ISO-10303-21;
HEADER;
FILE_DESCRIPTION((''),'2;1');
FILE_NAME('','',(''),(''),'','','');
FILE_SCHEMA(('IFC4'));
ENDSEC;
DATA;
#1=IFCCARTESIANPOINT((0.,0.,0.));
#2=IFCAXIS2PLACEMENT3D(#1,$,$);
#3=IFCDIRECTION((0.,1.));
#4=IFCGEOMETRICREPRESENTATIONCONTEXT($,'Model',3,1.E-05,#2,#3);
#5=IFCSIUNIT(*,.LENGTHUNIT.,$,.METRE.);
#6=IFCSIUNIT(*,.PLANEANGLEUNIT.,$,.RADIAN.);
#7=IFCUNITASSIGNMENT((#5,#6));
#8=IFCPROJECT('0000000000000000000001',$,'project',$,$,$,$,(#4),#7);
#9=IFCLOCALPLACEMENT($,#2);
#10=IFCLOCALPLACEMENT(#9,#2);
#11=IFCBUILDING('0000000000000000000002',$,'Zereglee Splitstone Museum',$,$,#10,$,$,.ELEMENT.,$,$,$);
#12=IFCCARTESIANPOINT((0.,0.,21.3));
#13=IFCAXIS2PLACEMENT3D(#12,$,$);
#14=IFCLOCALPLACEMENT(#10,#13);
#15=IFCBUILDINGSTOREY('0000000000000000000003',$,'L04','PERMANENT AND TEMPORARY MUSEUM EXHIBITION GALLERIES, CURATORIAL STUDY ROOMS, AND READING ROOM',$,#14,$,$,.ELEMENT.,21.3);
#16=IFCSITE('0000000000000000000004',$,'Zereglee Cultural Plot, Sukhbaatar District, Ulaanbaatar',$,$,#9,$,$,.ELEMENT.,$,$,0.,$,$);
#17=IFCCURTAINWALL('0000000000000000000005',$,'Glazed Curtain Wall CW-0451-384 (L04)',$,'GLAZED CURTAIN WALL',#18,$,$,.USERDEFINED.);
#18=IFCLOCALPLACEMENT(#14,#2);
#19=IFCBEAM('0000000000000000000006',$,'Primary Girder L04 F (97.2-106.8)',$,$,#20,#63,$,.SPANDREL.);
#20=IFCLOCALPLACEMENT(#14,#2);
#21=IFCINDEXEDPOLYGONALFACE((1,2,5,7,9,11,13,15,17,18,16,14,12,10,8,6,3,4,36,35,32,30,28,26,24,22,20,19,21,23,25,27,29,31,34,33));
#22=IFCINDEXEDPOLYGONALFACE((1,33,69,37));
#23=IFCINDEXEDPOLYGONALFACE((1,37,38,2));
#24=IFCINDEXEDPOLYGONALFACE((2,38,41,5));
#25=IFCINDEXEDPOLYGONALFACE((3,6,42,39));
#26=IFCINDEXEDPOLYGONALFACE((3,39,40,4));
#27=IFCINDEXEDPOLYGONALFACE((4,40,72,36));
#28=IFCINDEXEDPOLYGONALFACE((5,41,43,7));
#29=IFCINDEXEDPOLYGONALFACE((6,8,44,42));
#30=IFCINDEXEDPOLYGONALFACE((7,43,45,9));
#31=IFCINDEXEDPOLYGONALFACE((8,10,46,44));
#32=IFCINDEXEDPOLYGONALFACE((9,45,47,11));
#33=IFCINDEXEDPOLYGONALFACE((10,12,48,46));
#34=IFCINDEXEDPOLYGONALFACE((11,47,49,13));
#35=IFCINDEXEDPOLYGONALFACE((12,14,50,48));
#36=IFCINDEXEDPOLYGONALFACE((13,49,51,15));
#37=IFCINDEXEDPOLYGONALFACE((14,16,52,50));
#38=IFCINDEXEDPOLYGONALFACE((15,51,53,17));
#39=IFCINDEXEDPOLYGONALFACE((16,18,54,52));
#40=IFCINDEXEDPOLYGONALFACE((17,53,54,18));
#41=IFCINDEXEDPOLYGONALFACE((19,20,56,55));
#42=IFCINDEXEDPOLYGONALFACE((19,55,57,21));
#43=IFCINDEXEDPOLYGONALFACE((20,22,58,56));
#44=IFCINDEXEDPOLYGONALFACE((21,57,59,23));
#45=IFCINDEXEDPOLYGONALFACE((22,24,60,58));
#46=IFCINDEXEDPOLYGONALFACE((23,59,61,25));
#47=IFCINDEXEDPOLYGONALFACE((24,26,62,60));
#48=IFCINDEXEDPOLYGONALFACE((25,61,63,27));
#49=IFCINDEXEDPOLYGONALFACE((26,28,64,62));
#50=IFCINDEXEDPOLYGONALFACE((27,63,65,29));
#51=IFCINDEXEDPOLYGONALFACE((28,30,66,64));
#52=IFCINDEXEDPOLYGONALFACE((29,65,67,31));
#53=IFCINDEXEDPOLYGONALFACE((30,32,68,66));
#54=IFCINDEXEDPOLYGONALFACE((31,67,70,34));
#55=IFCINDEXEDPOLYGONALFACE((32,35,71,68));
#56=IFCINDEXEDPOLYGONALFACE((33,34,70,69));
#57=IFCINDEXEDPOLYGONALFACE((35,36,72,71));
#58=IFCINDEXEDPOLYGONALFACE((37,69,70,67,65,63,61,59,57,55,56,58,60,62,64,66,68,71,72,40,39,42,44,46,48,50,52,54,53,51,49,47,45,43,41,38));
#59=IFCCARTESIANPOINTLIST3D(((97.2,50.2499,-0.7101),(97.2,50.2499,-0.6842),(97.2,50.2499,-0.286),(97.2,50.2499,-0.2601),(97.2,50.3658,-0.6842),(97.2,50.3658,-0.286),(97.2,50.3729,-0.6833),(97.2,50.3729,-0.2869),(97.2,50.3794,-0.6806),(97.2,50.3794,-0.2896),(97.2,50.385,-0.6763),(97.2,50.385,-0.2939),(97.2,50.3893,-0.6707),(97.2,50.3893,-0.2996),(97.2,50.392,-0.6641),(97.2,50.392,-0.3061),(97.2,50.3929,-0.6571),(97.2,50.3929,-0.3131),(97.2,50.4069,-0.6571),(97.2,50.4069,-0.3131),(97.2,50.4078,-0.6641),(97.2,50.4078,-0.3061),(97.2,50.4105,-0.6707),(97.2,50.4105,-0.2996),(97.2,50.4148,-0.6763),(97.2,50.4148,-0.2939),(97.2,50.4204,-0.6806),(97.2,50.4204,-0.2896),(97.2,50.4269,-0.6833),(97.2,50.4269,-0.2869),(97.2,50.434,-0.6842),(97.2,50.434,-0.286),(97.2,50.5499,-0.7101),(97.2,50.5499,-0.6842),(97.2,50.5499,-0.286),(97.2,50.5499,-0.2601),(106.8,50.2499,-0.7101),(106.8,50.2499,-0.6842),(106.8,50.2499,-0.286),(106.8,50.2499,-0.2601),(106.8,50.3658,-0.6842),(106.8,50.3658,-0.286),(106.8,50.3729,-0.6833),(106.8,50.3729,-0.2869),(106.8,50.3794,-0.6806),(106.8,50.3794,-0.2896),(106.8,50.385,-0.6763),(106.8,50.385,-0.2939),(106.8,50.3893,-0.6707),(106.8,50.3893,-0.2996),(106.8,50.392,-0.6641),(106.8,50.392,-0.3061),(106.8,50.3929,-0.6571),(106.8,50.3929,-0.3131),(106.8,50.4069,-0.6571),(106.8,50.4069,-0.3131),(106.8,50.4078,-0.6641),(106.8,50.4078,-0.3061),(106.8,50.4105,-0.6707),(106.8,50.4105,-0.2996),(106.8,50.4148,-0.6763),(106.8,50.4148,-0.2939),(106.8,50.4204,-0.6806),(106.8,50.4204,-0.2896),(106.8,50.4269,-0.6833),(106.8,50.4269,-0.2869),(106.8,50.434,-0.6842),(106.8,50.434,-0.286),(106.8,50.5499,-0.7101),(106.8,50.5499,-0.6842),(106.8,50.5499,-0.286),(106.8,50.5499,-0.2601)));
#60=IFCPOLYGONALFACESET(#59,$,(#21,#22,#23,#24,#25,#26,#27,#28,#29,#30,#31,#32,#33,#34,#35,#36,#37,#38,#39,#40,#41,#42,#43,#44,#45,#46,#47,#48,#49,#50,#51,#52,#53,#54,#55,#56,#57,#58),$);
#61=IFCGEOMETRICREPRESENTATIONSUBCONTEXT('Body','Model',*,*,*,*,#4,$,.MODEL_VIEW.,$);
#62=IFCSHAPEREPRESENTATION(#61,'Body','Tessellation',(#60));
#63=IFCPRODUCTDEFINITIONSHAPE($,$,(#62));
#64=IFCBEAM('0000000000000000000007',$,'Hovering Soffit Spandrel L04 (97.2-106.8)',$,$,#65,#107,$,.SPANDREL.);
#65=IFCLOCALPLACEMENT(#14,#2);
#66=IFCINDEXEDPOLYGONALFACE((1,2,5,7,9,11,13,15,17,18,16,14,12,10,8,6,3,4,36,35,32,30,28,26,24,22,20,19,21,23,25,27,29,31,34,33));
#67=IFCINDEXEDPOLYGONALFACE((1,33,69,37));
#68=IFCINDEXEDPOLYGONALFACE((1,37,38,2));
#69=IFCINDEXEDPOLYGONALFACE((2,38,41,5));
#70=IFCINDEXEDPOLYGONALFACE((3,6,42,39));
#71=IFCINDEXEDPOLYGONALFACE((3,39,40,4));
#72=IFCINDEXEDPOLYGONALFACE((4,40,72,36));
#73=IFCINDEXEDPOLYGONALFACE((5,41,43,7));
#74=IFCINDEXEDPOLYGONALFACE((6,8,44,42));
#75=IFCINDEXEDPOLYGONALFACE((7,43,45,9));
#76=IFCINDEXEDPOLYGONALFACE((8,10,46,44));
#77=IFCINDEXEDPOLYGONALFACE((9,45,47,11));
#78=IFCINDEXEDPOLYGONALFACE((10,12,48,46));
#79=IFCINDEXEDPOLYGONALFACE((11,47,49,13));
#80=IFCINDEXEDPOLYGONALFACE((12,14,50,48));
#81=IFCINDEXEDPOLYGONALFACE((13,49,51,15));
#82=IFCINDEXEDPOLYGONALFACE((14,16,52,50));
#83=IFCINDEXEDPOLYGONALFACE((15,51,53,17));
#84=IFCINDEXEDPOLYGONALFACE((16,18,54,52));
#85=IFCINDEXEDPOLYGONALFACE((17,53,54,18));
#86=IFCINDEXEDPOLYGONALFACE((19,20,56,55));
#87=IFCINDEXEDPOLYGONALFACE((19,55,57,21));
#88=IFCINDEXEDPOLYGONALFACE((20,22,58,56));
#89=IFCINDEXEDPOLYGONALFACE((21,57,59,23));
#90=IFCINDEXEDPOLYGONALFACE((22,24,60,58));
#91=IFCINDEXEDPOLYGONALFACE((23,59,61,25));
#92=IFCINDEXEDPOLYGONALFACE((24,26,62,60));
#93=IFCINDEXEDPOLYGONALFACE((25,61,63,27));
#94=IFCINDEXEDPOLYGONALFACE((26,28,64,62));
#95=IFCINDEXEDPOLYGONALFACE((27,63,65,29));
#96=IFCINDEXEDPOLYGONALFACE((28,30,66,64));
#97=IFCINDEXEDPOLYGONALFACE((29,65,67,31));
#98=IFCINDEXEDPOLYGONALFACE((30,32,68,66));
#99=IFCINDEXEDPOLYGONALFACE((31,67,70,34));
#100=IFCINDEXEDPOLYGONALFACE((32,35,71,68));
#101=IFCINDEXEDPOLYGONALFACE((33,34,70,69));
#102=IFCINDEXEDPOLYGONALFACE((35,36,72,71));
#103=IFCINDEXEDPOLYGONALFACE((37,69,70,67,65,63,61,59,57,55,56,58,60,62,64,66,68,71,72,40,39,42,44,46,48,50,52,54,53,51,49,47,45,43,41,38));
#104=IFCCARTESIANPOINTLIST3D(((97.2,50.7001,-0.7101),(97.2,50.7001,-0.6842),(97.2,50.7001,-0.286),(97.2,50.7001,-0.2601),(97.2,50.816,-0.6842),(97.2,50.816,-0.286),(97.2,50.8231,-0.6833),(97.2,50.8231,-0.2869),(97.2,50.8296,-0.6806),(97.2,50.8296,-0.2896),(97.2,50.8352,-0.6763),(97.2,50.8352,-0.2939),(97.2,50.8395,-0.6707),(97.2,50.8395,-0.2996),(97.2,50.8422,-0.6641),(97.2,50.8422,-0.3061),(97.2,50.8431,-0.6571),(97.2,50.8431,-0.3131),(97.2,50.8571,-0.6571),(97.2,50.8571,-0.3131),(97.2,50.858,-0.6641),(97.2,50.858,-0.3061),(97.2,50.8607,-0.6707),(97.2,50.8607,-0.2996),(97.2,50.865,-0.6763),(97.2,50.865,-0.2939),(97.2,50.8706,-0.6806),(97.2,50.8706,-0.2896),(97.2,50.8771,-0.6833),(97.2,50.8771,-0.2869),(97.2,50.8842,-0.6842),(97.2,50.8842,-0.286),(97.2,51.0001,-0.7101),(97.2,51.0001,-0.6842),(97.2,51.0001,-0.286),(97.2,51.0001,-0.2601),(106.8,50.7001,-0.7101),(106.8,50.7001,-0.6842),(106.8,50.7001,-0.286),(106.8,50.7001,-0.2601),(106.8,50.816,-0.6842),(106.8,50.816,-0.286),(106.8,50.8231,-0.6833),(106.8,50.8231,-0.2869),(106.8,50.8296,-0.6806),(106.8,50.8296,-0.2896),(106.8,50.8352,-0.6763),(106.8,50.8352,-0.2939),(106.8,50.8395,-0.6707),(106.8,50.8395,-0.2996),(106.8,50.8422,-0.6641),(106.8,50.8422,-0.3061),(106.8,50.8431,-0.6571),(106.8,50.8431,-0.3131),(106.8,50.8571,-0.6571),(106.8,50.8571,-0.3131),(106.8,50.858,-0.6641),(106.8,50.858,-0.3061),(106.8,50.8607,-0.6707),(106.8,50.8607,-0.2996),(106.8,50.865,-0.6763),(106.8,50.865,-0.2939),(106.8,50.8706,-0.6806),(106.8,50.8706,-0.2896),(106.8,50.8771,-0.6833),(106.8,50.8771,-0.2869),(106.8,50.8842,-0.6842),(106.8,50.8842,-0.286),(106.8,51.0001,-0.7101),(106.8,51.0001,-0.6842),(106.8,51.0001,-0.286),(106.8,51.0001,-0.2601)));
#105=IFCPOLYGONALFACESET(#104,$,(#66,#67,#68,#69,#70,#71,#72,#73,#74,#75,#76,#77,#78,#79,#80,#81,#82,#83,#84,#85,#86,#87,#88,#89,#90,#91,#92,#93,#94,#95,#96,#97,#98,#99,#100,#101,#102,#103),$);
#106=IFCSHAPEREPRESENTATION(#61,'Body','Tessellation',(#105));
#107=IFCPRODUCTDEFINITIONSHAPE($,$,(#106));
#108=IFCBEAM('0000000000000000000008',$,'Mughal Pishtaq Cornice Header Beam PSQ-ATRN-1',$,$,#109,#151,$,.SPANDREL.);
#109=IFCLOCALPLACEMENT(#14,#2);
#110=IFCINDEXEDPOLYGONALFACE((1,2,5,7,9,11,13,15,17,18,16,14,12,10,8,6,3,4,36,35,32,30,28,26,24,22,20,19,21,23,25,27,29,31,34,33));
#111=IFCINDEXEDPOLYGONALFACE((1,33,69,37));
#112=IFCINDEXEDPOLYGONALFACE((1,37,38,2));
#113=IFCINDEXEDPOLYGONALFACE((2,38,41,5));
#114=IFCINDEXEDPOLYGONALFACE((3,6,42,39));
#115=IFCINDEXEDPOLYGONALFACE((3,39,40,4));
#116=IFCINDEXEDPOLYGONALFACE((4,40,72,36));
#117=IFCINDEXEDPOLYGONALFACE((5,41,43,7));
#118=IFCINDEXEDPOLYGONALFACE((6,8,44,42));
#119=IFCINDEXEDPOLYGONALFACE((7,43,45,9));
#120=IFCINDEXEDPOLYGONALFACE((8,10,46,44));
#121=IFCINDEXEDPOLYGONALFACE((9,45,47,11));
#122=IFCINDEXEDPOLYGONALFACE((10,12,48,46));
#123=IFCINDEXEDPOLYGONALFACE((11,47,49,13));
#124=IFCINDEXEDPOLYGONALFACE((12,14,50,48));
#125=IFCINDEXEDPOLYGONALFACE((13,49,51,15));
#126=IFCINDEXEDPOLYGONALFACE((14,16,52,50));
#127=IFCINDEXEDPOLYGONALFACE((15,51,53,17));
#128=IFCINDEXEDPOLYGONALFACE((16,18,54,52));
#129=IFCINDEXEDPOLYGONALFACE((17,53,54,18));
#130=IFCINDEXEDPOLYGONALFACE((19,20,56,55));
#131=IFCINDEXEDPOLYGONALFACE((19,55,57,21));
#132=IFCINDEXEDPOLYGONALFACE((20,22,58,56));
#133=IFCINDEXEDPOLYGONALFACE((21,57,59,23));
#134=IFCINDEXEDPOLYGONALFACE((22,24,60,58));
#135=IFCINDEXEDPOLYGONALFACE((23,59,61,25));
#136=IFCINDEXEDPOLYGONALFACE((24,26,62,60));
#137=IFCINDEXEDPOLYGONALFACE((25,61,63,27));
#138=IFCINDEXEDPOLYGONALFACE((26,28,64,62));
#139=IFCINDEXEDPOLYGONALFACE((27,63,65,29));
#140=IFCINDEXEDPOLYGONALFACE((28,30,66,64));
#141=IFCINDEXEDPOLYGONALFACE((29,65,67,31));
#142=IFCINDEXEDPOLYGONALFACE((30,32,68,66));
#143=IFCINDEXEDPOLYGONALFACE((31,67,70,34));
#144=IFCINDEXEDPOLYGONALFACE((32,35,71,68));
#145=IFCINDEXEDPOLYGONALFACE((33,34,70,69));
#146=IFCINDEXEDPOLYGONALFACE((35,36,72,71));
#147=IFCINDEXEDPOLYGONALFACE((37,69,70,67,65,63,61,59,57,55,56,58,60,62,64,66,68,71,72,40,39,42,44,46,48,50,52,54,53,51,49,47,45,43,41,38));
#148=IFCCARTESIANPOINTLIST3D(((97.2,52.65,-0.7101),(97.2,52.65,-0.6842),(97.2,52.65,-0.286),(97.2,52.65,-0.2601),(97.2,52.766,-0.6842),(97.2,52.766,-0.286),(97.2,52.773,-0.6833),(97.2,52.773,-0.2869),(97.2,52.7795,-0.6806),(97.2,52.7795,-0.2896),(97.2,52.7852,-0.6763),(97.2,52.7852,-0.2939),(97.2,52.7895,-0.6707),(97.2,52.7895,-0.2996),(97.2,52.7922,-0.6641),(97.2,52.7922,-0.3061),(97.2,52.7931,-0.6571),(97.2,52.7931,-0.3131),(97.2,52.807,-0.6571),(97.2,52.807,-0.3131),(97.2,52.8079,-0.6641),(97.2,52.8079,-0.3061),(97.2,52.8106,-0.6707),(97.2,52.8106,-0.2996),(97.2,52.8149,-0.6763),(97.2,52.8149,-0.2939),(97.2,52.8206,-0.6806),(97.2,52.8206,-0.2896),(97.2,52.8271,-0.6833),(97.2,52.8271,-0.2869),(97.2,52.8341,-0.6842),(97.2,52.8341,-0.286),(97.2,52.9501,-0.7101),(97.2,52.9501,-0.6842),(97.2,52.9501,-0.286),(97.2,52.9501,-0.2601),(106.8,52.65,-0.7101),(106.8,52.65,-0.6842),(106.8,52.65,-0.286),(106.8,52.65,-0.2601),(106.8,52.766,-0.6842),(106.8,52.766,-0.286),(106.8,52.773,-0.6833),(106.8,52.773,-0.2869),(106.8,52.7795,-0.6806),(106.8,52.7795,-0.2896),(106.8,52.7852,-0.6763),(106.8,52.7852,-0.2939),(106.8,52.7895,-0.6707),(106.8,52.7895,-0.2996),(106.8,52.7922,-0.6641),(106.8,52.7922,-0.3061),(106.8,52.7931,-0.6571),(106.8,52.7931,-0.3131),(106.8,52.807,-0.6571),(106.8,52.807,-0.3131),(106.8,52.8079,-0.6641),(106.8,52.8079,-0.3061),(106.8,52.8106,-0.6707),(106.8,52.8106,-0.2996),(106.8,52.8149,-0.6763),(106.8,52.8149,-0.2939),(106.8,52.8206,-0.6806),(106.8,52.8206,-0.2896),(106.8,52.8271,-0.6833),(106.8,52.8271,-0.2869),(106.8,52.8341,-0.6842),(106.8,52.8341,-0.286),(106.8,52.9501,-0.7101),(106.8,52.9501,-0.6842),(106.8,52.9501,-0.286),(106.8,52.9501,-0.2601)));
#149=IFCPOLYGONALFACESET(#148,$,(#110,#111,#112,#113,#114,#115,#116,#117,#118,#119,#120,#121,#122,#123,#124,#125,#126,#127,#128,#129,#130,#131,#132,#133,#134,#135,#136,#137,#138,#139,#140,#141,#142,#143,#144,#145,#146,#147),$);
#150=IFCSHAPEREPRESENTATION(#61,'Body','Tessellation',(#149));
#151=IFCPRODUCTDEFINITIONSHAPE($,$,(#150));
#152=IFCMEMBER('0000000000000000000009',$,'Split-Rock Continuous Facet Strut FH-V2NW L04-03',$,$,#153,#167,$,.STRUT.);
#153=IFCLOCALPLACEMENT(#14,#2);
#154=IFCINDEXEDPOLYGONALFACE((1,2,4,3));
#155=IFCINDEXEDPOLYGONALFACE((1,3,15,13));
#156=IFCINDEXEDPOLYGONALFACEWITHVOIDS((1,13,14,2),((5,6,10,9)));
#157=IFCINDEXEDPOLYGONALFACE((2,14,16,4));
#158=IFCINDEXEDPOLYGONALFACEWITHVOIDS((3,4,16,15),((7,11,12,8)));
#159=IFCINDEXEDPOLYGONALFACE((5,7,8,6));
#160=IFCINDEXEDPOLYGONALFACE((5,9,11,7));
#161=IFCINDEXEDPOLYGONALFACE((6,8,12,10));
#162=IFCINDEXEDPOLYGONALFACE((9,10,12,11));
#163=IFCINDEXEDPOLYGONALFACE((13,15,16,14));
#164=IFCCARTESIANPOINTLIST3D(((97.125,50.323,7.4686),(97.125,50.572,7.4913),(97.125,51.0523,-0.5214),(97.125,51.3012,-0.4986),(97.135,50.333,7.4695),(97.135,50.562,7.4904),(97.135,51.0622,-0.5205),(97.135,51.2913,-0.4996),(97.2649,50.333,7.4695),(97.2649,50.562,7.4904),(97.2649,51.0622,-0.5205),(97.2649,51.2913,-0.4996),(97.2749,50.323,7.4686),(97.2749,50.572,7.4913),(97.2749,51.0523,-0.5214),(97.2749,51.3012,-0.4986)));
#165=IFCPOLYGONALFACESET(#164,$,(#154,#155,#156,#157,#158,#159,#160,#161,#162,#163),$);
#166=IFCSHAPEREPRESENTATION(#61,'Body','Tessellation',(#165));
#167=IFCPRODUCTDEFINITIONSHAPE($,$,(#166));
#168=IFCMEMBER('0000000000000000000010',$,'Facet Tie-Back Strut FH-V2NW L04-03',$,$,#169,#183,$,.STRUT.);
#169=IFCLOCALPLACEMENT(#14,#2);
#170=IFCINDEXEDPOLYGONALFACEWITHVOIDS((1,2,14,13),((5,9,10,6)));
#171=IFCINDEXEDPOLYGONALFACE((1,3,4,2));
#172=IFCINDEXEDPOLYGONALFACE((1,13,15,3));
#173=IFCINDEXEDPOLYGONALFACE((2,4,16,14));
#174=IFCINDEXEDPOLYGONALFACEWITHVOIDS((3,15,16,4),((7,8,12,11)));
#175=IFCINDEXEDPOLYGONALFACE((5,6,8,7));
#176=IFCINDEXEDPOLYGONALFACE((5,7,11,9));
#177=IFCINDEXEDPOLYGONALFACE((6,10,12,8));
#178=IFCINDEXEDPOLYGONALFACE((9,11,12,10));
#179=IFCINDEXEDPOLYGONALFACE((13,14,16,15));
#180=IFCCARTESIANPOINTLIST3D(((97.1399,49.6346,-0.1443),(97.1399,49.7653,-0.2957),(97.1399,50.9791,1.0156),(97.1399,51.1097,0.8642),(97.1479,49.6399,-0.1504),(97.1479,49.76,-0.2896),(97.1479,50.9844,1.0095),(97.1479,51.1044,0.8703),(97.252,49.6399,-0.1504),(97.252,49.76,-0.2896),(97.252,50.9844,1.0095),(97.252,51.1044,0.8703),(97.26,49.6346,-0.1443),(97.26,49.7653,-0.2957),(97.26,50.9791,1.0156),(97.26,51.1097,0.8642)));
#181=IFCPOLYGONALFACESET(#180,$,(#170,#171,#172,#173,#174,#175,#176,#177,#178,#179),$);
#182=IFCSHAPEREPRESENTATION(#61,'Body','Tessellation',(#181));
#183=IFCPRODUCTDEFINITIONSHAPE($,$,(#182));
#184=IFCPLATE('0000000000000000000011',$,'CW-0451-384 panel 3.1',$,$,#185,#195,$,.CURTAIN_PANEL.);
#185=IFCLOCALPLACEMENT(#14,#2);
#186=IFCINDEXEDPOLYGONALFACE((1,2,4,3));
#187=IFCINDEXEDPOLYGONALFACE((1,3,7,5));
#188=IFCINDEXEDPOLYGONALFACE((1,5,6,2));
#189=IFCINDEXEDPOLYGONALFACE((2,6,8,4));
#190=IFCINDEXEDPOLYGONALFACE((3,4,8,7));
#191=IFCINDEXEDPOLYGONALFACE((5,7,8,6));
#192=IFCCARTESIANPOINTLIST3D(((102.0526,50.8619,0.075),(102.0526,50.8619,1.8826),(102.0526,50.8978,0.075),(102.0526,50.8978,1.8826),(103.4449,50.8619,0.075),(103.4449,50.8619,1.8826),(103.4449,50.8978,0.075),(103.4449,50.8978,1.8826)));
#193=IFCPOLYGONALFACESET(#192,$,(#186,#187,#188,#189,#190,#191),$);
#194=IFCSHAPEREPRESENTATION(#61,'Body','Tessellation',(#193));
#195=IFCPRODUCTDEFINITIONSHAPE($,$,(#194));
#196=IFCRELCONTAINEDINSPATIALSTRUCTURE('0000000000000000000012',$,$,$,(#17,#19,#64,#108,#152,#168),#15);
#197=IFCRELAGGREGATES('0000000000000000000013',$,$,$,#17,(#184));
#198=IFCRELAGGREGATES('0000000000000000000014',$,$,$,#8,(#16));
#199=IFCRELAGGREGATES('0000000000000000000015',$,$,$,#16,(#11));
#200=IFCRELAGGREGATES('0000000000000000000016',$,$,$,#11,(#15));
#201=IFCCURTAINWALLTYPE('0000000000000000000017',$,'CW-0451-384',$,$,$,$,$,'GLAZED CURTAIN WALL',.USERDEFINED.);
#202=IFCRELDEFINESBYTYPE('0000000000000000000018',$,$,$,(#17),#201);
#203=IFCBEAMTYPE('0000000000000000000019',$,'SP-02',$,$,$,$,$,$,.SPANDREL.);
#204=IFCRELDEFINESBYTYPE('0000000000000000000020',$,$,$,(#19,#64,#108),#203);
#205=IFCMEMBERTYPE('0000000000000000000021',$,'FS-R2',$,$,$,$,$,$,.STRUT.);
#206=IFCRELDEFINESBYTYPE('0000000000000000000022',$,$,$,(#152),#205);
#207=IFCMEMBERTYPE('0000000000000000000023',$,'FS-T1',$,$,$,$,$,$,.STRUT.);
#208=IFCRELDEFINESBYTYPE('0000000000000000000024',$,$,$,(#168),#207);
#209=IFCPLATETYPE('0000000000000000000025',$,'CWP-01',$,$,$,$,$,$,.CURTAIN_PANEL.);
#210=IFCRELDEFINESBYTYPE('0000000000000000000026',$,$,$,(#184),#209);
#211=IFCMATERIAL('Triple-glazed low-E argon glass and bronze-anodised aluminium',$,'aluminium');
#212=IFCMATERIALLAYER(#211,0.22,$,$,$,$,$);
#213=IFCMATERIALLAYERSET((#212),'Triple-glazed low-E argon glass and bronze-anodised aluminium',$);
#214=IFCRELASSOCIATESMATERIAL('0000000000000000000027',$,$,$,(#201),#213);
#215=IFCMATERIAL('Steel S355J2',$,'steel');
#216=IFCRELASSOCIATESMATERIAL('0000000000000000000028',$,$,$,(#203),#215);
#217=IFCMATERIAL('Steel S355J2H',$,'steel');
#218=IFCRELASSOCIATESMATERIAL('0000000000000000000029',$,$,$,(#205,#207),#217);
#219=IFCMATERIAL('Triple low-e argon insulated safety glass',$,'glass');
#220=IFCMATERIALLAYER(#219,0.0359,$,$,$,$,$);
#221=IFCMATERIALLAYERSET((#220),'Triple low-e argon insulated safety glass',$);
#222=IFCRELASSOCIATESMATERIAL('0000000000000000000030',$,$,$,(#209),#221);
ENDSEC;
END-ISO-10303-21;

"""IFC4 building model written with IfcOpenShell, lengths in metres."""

from ifc_helpers import new_model, si_unit, direction, frame, origin, origin_2d, place, context, subcontext, project, spatial, rectangle, hollow_rectangle, i_section, extrude, material, layer, layer_set, material_profile, profile_set, type_object, element, aggregate, save


model = new_model("IFC4")

# Units and contexts
model_context = context("Model", 3, precision=1e-05, world=origin(), true_north=direction((0.0, 1.0)))
body_context = subcontext(model_context, "Body", "Model", "MODEL_VIEW")
ifc_project = project(units=[si_unit("LENGTHUNIT", "METRE"), si_unit("PLANEANGLEUNIT", "RADIAN")], contexts=[model_context])

# Site, building, storey
site_placement = place(None, origin())
site = spatial("IfcSite", under=ifc_project, at=site_placement, Name="Zereglee Cultural Plot, Sukhbaatar District, Ulaanbaatar", CompositionType="ELEMENT", RefElevation=0.0)
building_placement = place(site_placement, origin())
building = spatial("IfcBuilding", under=site, at=building_placement, Name="Zereglee Splitstone Museum", CompositionType="ELEMENT")
storey_placement = place(building_placement, frame((0.0, 0.0, 21.3)))
storey = spatial("IfcBuildingStorey", under=building, at=storey_placement, Name="L04", Description="PERMANENT AND TEMPORARY MUSEUM EXHIBITION GALLERIES, CURATORIAL STUDY ROOMS, AND READING ROOM", CompositionType="ELEMENT", Elevation=21.3)

# Shared definitions
ifc_material_1 = material(Name="Steel S355J2H", Category="steel")

# Curtain wall
ifc_material_2 = material(Name="Triple-glazed low-E argon glass and bronze-anodised aluminium", Category="aluminium")
ifc_layer_1 = layer(ifc_material_2, 0.22)
ifc_layer_set_1 = layer_set([ifc_layer_1], Name="Triple-glazed low-E argon glass and bronze-anodised aluminium")
curtain_wall_type_1 = type_object("IfcCurtainWallType", Name="CW-0451-384", ElementType="GLAZED CURTAIN WALL", PredefinedType="USERDEFINED", material=ifc_layer_set_1)
curtain_wall_1_placement = place(storey_placement, origin())
curtain_wall_1 = element("IfcCurtainWall", 1, at=curtain_wall_1_placement, inside=storey, type_object=curtain_wall_type_1, Name="Glazed Curtain Wall CW-0451-384 (L04)", ObjectType="GLAZED CURTAIN WALL", PredefinedType="USERDEFINED")

# Beams
ifc_material_3 = material(Name="Steel S355J2", Category="steel")
ifc_material_profile_1 = material_profile(ifc_material_3, i_section(OverallWidth=0.3, OverallDepth=0.45, WebThickness=0.0139, FlangeThickness=0.0259, FilletRadius=0.0271, at=origin_2d()), Name="HE 450 B")
ifc_profile_set_1 = profile_set([ifc_material_profile_1], Name="Steel S355J2")
beam_type = type_object("IfcBeamType", Name="SP-02", PredefinedType="SPANDREL", material=ifc_profile_set_1)
for number, where, z_axis, x_axis, name in (
    (2, (97.2, 50.3999, -0.4851), (1.0, 0.0, 0.0), (0.0, 1.0, 0.0), "Primary Girder L04 F (97.2-106.8)"),
    (3, (97.2, 50.8501, -0.4851), (1.0, 0.0, 0.0), (0.0, 1.0, 0.0), "Hovering Soffit Spandrel L04 (97.2-106.8)"),
    (4, (97.2, 52.8, -0.4851), (1.0, 0.0, 0.0), (0.0, 1.0, 0.0), "Mughal Pishtaq Cornice Header Beam PSQ-ATRN-1"),
):
    element("IfcBeam", number, at=place(storey_placement, frame(where, z_axis=z_axis, x_axis=x_axis)), inside=storey, type_object=beam_type, Name=name, PredefinedType="SPANDREL", context=body_context, shape_type="SweptSolid", body=[
        extrude(i_section(OverallWidth=0.3, OverallDepth=0.45, WebThickness=0.0139, FlangeThickness=0.0259, FilletRadius=0.0271, at=origin_2d()), origin(), (0.0, 0.0, 1.0), 9.6001),
    ])

# Members
ifc_material_profile_2 = material_profile(ifc_material_1, hollow_rectangle(XDim=0.1499, YDim=0.25, WallThickness=0.01, at=origin_2d()), Name="RHS 250x150x10")
ifc_profile_set_2 = profile_set([ifc_material_profile_2], Name="Steel S355J2H")
member_type_1 = type_object("IfcMemberType", Name="FS-R2", PredefinedType="STRUT", material=ifc_profile_set_2)
member_1_placement = place(storey_placement, frame((97.2, 51.1768, -0.51), z_axis=(0.0, -0.090892, 0.995861), x_axis=(1.0, 0.0, 0.0)))
element("IfcMember", 5, at=member_1_placement, inside=storey, type_object=member_type_1, Name="Split-Rock Continuous Facet Strut FH-V2NW L04-03", PredefinedType="STRUT", context=body_context, shape_type="SweptSolid", body=[
    extrude(hollow_rectangle(XDim=0.1499, YDim=0.25, WallThickness=0.01, at=origin_2d()), origin(), (0.0, 0.0, 1.0), 8.0232),
])
ifc_material_profile_3 = material_profile(ifc_material_1, hollow_rectangle(XDim=0.1201, YDim=0.2, WallThickness=0.0081, at=origin_2d()), Name="RHS 200x120x8")
ifc_profile_set_3 = profile_set([ifc_material_profile_3], Name="Steel S355J2H")
member_type_2 = type_object("IfcMemberType", Name="FS-T1", PredefinedType="STRUT", material=ifc_profile_set_3)
member_2_placement = place(storey_placement, frame((97.2, 49.7, -0.22), z_axis=(0.0, 0.757166, 0.653222), x_axis=(-1.0, 0.0, 0.0)))
element("IfcMember", 6, at=member_2_placement, inside=storey, type_object=member_type_2, Name="Facet Tie-Back Strut FH-V2NW L04-03", PredefinedType="STRUT", context=body_context, shape_type="SweptSolid", body=[
    extrude(hollow_rectangle(XDim=0.1201, YDim=0.2, WallThickness=0.0081, at=origin_2d()), origin(), (0.0, 0.0, 1.0), 1.7756),
])

# Plate
ifc_material_4 = material(Name="Triple low-e argon insulated safety glass", Category="glass")
ifc_layer_2 = layer(ifc_material_4, 0.0359)
ifc_layer_set_2 = layer_set([ifc_layer_2], Name="Triple low-e argon insulated safety glass")
plate_type_1 = type_object("IfcPlateType", Name="CWP-01", PredefinedType="CURTAIN_PANEL", material=ifc_layer_set_2)
plate_1_placement = place(storey_placement, frame((102.7488, 50.8799, 0.075), z_axis=(0.0, 0.0, 1.0), x_axis=(-1.0, 0.0, 0.0)))
plate_1 = element("IfcPlate", 7, at=plate_1_placement, type_object=plate_type_1, Name="CW-0451-384 panel 3.1", PredefinedType="CURTAIN_PANEL", context=body_context, shape_type="SweptSolid", body=[
    extrude(rectangle(XDim=1.3923, YDim=0.0359, at=origin_2d()), origin(), (0.0, 0.0, 1.0), 1.8076),
])
aggregate(curtain_wall_1, [plate_1])

save(model, "model.ifc")
